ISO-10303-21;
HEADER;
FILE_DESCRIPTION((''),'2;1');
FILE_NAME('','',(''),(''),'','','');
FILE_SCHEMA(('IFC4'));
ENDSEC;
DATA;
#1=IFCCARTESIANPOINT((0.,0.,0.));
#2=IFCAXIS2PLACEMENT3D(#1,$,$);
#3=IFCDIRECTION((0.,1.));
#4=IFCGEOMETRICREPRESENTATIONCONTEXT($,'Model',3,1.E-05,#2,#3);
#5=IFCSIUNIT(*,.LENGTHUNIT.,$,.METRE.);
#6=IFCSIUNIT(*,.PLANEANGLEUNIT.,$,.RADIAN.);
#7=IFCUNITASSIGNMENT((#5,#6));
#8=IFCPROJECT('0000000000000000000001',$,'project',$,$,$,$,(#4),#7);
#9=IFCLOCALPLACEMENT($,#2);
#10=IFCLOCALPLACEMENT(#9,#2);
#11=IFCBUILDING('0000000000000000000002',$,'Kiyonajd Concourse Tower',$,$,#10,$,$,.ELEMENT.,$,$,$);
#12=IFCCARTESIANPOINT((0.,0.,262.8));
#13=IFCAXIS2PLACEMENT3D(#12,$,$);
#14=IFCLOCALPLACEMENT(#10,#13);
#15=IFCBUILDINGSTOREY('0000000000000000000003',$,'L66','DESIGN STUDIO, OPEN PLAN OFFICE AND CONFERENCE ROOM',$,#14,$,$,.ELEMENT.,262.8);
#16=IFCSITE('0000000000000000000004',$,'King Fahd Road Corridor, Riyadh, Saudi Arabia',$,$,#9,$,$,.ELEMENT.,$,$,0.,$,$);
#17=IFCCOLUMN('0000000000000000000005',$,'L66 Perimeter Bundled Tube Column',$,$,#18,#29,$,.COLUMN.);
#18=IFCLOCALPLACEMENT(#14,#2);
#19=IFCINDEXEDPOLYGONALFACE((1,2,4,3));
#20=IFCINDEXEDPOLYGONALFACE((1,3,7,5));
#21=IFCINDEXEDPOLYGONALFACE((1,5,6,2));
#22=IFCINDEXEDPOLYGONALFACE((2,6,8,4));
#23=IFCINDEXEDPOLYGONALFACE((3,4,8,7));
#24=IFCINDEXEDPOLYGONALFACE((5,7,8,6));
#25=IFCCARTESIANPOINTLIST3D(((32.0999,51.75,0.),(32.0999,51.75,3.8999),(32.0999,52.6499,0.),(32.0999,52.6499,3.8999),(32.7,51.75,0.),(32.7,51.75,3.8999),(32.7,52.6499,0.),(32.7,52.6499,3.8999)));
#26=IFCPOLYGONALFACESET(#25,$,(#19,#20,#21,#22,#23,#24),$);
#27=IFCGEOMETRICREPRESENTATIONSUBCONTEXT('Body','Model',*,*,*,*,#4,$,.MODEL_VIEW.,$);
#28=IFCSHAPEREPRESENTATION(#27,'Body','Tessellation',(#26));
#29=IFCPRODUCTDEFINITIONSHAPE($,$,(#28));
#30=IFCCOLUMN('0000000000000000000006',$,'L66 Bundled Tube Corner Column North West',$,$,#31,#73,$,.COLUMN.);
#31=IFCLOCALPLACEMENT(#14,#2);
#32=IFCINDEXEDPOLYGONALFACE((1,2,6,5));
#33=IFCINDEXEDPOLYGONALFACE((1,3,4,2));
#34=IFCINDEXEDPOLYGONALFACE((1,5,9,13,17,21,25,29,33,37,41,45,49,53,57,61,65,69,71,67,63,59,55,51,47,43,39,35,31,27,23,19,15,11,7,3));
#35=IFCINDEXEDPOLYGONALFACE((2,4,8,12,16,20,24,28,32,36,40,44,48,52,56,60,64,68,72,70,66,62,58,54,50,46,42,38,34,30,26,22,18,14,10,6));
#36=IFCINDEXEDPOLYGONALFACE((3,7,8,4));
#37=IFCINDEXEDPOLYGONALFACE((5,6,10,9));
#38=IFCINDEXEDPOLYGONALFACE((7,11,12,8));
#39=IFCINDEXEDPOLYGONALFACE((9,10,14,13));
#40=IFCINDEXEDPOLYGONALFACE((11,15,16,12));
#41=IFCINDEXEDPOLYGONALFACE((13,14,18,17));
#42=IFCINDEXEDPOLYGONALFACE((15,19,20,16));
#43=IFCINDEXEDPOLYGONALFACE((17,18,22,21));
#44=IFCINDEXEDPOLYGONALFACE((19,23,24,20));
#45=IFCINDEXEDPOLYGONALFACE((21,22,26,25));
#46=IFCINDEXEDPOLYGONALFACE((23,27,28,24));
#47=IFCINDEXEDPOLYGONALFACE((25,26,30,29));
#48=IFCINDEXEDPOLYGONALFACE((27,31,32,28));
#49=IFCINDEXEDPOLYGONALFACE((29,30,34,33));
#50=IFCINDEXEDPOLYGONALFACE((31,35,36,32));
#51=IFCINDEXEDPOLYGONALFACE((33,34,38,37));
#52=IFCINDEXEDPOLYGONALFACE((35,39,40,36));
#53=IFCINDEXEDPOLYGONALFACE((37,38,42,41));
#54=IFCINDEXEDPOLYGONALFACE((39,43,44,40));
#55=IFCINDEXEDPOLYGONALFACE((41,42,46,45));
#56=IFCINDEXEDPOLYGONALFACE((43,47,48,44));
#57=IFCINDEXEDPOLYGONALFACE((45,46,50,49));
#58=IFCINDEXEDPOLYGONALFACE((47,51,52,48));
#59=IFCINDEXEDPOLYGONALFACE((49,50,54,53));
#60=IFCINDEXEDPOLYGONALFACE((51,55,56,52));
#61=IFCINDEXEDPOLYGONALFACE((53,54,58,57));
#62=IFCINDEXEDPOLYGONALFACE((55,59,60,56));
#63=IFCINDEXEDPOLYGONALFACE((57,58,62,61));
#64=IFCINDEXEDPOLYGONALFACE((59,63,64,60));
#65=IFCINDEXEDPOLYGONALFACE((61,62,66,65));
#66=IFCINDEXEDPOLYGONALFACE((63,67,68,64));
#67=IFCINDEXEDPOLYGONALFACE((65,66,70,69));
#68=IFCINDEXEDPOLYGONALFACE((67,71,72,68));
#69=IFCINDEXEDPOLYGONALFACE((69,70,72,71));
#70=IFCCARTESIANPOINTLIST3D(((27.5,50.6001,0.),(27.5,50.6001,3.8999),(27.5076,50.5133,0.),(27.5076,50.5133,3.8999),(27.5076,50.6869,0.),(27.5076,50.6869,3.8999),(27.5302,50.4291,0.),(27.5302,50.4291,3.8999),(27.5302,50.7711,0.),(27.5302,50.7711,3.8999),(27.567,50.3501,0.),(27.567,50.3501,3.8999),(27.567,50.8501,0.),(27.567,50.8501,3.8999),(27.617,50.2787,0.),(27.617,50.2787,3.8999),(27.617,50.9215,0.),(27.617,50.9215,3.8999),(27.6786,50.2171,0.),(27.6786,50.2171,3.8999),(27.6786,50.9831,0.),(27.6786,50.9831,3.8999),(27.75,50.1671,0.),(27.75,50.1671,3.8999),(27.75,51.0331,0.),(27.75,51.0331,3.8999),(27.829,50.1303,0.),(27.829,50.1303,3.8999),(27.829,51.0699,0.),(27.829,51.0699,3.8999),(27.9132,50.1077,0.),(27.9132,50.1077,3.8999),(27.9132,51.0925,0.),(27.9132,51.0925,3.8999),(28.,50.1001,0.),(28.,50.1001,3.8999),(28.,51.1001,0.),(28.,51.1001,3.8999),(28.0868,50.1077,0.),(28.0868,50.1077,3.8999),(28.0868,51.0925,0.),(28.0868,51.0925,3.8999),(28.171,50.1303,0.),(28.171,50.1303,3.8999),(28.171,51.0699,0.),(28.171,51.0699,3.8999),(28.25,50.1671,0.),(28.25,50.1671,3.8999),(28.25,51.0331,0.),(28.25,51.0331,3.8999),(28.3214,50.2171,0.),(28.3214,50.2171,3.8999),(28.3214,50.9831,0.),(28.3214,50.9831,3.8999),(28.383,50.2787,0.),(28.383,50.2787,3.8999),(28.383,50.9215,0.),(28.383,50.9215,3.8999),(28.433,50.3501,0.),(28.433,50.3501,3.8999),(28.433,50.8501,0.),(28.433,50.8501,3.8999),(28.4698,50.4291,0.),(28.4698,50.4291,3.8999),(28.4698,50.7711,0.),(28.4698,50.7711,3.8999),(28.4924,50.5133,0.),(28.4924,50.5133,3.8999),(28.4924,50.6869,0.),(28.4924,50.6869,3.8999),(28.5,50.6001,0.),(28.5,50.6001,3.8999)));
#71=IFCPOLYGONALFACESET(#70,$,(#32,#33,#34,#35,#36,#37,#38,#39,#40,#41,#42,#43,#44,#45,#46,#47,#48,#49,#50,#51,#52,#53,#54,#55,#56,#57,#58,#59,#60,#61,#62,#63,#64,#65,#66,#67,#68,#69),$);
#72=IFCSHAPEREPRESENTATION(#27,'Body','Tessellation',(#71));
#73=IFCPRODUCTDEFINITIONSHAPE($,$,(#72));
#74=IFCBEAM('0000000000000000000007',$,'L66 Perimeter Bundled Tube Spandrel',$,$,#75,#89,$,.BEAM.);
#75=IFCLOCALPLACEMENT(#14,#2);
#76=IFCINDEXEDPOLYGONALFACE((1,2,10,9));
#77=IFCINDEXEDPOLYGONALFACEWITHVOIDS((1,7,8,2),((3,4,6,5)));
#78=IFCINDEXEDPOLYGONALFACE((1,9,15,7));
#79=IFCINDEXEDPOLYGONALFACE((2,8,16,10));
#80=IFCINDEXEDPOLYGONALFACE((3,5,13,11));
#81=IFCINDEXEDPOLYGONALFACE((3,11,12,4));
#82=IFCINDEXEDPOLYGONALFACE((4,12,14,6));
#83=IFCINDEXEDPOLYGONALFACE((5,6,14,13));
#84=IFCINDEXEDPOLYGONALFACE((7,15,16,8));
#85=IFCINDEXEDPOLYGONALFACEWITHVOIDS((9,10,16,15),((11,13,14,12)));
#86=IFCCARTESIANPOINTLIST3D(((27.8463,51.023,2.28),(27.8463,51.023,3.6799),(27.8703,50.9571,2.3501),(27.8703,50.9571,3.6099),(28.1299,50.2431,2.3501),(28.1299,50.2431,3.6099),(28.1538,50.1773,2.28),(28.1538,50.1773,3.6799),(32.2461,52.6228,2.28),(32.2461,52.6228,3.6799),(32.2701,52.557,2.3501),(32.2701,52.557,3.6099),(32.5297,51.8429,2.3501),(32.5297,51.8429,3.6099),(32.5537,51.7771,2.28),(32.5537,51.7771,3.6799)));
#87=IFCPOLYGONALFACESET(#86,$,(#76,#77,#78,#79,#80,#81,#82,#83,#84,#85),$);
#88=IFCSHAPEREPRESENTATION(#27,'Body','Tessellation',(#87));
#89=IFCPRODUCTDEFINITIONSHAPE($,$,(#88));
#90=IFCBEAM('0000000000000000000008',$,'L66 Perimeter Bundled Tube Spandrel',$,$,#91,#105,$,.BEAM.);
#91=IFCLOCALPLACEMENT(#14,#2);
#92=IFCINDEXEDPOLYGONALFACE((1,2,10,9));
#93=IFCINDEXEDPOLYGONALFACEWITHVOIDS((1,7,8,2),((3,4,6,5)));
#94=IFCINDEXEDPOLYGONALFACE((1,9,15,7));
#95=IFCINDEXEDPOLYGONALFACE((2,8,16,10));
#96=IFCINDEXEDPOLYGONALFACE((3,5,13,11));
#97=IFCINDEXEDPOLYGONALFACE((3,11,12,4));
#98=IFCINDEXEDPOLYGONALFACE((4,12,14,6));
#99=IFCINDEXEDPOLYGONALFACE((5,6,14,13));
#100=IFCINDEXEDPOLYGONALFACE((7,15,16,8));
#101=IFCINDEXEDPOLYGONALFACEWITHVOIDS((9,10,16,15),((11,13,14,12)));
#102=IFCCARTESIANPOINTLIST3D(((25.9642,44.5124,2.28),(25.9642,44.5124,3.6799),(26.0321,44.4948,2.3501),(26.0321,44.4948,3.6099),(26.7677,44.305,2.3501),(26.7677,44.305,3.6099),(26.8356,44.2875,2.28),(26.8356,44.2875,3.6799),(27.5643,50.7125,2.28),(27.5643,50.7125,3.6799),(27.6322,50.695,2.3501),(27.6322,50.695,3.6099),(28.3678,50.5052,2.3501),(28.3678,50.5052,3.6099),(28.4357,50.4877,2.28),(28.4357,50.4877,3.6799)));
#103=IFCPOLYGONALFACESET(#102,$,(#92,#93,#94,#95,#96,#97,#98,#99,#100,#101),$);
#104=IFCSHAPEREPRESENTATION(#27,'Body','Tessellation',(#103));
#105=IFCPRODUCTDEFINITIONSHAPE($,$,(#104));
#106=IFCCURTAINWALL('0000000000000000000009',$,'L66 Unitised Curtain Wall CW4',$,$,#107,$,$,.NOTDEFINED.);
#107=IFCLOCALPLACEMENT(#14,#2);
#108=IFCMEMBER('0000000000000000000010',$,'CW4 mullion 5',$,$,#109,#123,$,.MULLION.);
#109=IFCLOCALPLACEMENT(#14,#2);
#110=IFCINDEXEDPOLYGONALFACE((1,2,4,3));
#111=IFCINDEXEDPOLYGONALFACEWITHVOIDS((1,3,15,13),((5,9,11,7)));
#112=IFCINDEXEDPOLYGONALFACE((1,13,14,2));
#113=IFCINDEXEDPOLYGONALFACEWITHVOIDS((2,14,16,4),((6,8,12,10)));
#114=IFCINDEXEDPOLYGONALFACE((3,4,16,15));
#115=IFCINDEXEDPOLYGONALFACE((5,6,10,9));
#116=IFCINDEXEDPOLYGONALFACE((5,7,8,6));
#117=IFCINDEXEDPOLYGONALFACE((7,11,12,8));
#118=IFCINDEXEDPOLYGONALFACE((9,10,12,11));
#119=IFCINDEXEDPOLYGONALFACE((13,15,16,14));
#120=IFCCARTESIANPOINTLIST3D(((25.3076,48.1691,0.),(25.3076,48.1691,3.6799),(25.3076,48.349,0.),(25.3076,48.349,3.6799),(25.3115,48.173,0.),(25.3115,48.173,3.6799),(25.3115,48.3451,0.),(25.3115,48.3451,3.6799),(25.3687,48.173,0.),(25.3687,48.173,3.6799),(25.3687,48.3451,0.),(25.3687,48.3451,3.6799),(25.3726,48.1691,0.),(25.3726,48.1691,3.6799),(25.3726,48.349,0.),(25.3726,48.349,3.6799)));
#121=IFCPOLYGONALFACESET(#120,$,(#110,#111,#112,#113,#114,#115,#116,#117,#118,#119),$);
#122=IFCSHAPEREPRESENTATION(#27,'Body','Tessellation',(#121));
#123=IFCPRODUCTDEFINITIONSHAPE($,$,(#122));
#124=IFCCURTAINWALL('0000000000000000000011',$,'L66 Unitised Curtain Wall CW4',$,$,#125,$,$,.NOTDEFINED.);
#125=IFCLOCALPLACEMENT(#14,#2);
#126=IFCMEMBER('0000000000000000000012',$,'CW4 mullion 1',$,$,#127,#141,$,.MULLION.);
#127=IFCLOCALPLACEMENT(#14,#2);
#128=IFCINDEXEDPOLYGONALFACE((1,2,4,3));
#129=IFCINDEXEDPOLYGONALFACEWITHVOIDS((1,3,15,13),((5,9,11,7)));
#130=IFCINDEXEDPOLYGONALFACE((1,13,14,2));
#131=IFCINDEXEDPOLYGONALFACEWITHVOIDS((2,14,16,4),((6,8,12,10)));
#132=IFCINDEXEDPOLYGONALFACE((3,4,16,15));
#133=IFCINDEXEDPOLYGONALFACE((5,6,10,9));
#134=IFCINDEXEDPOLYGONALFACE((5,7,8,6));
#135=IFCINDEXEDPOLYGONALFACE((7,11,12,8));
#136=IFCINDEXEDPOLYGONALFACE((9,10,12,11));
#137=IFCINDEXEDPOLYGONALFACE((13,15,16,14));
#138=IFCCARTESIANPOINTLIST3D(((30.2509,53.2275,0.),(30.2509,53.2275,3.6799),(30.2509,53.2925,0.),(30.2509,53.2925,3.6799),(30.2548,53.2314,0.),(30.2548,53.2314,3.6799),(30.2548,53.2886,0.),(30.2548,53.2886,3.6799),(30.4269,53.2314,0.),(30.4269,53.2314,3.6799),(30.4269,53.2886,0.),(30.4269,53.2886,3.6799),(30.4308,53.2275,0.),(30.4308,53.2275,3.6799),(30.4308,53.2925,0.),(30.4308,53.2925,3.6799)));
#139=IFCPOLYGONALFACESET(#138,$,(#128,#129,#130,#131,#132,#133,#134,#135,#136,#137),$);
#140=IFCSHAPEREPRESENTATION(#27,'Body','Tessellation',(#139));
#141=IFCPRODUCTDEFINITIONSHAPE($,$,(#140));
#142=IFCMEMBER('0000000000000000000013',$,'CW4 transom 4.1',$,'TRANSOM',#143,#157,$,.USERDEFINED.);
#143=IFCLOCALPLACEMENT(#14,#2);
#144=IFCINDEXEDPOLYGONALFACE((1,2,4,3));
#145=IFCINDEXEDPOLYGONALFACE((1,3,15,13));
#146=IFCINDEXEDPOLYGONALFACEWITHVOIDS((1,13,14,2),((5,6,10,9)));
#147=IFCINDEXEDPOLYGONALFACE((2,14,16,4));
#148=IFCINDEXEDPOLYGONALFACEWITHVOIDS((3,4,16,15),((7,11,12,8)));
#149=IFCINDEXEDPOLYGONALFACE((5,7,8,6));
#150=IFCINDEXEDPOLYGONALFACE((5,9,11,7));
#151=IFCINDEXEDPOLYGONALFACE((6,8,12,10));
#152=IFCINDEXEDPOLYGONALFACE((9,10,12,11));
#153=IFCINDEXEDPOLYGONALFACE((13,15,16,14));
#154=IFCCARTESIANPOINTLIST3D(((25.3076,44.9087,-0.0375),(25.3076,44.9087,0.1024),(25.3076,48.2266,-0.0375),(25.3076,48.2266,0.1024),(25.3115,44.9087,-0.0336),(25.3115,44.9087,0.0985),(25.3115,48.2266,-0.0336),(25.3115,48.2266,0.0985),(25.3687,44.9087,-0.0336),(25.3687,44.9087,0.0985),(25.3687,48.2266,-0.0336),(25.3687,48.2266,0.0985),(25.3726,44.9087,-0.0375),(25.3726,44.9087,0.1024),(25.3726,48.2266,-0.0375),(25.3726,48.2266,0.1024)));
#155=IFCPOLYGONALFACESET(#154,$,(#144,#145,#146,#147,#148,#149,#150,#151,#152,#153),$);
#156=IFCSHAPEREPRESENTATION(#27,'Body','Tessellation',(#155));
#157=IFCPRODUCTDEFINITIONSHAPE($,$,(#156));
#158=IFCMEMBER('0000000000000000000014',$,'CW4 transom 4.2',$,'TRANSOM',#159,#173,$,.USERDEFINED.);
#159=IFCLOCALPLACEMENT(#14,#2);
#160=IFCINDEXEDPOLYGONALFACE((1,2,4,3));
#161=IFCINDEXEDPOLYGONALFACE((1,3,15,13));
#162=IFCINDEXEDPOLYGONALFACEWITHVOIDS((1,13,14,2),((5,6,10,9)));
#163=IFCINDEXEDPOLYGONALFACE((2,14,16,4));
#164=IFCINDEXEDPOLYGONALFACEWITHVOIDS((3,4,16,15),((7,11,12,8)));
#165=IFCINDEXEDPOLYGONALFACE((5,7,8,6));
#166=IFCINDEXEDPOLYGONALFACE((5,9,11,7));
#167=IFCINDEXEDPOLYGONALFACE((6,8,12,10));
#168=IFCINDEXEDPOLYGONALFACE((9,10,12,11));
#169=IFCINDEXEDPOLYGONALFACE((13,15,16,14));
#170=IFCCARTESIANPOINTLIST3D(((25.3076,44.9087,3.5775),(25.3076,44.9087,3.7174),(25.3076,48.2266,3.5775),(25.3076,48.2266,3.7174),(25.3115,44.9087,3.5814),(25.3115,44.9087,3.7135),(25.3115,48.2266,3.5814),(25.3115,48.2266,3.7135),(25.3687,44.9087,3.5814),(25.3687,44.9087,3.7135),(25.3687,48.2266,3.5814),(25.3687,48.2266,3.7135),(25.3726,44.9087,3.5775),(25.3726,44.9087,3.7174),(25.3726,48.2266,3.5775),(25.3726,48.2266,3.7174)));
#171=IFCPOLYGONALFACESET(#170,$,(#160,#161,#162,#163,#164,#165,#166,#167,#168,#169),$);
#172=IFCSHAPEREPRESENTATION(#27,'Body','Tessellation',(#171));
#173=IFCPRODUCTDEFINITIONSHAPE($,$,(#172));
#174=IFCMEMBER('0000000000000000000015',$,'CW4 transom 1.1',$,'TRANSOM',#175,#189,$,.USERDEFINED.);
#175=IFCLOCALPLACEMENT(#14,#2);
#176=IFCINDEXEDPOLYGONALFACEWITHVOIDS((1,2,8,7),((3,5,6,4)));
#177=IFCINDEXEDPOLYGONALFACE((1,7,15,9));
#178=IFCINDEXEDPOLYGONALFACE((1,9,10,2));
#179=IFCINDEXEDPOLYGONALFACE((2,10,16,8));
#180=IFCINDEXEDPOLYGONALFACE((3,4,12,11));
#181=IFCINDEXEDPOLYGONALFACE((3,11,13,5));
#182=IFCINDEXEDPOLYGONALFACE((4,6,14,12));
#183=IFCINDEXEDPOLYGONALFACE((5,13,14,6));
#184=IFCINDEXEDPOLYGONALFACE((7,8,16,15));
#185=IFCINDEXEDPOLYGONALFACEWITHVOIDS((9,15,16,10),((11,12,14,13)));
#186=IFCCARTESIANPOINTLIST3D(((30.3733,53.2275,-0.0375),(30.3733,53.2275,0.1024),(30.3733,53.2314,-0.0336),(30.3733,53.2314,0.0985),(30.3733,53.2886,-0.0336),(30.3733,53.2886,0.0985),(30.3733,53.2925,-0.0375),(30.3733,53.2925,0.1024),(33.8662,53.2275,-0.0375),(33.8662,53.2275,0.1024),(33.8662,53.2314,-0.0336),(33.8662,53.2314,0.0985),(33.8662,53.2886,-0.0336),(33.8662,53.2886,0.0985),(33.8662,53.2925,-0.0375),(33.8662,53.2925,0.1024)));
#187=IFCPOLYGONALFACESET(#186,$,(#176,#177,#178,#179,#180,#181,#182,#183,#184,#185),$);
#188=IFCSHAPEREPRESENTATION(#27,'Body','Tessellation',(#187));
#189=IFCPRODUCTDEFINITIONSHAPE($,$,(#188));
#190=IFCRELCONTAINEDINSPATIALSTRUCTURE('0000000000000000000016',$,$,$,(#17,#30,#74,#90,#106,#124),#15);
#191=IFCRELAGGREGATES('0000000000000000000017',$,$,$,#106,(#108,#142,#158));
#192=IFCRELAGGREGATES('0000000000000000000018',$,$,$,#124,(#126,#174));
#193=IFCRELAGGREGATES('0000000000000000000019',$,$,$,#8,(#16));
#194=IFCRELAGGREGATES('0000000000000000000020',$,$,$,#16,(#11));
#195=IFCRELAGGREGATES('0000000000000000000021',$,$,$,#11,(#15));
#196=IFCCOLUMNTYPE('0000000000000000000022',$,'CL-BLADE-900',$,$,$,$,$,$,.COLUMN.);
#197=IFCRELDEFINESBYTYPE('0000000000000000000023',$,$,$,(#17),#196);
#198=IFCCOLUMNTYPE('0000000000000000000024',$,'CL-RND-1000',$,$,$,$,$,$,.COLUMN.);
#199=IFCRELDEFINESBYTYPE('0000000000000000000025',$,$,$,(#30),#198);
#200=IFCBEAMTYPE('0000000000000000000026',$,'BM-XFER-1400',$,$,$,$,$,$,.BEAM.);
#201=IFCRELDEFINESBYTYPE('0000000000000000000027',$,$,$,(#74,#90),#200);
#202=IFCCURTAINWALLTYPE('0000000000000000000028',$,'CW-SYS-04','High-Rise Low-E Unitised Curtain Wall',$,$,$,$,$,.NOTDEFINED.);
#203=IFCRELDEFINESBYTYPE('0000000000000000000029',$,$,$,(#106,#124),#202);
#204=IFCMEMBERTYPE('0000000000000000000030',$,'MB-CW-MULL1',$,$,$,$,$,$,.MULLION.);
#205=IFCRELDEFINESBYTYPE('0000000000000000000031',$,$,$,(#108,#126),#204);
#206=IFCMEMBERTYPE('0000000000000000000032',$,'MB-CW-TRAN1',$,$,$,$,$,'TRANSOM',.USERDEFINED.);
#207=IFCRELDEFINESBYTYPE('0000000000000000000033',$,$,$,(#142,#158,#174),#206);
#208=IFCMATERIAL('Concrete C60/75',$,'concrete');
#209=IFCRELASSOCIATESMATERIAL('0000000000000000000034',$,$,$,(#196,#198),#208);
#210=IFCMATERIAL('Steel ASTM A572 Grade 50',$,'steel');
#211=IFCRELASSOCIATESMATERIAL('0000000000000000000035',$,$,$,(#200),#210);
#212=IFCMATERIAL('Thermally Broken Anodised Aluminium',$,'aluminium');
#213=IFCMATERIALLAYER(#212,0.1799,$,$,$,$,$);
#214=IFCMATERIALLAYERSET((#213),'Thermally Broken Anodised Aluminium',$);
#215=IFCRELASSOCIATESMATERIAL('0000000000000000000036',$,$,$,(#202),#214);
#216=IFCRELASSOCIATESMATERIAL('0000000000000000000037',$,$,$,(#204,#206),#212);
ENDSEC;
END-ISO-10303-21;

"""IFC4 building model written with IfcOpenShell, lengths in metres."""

from ifc_helpers import new_model, si_unit, direction, frame, origin, origin_2d, place, context, subcontext, project, spatial, rectangle, hollow_rectangle, circle, extrude, material, layer, layer_set, material_profile, profile_set, type_object, element, aggregate, save


model = new_model("IFC4")

# Units and contexts
model_context = context("Model", 3, precision=1e-05, world=origin(), true_north=direction((0.0, 1.0)))
body_context = subcontext(model_context, "Body", "Model", "MODEL_VIEW")
ifc_project = project(units=[si_unit("LENGTHUNIT", "METRE"), si_unit("PLANEANGLEUNIT", "RADIAN")], contexts=[model_context])

# Site, building, storey
site_placement = place(None, origin())
site = spatial("IfcSite", under=ifc_project, at=site_placement, Name="King Fahd Road Corridor, Riyadh, Saudi Arabia", CompositionType="ELEMENT", RefElevation=0.0)
building_placement = place(site_placement, origin())
building = spatial("IfcBuilding", under=site, at=building_placement, Name="Kiyonajd Concourse Tower", CompositionType="ELEMENT")
storey_placement = place(building_placement, frame((0.0, 0.0, 262.8)))
storey = spatial("IfcBuildingStorey", under=building, at=storey_placement, Name="L66", Description="DESIGN STUDIO, OPEN PLAN OFFICE AND CONFERENCE ROOM", CompositionType="ELEMENT", Elevation=262.8)

# Columns
ifc_material_1 = material(Name="Concrete C60/75", Category="concrete")
ifc_material_profile_1 = material_profile(ifc_material_1, rectangle(XDim=0.6001, YDim=0.8999, at=origin_2d()), Name="RC-900x600")
ifc_profile_set_1 = profile_set([ifc_material_profile_1], Name="Concrete C60/75")
column_type_1 = type_object("IfcColumnType", Name="CL-BLADE-900", PredefinedType="COLUMN", material=ifc_profile_set_1)
column_1_placement = place(storey_placement, frame((32.3999, 52.2, 0.0), z_axis=(0.0, 0.0, 1.0), x_axis=(1.0, 0.0, 0.0)))
element("IfcColumn", 1, at=column_1_placement, inside=storey, type_object=column_type_1, Name="L66 Perimeter Bundled Tube Column", PredefinedType="COLUMN", context=body_context, shape_type="SweptSolid", body=[
    extrude(rectangle(XDim=0.6001, YDim=0.8999, at=origin_2d()), origin(), (0.0, 0.0, 1.0), 3.8999),
])
ifc_material_profile_2 = material_profile(ifc_material_1, circle(Radius=0.5, at=origin_2d()), Name="RCC-D1000")
ifc_profile_set_2 = profile_set([ifc_material_profile_2], Name="Concrete C60/75")
column_type_2 = type_object("IfcColumnType", Name="CL-RND-1000", PredefinedType="COLUMN", material=ifc_profile_set_2)
column_2_placement = place(storey_placement, frame((28.0, 50.6001, 0.0), z_axis=(0.0, 0.0, 1.0), x_axis=(1.0, 0.0, 0.0)))
element("IfcColumn", 2, at=column_2_placement, inside=storey, type_object=column_type_2, Name="L66 Bundled Tube Corner Column North West", PredefinedType="COLUMN", context=body_context, shape_type="SweptSolid", body=[
    extrude(circle(Radius=0.5, at=origin_2d()), origin(), (0.0, 0.0, 1.0), 3.8999),
])

# Beams
ifc_material_2 = material(Name="Steel ASTM A572 Grade 50", Category="steel")
ifc_material_profile_3 = material_profile(ifc_material_2, hollow_rectangle(XDim=0.8999, YDim=1.3999, WallThickness=0.0701, at=origin_2d()), Name="BOX-1400x900x70")
ifc_profile_set_3 = profile_set([ifc_material_profile_3], Name="Steel ASTM A572 Grade 50")
beam_type = type_object("IfcBeamType", Name="BM-XFER-1400", PredefinedType="BEAM", material=ifc_profile_set_3)
beam_1_placement = place(storey_placement, frame((32.3999, 52.2, 2.98), z_axis=(-0.939801, -0.341722, 0.0), x_axis=(0.341722, -0.939801, 0.0)))
element("IfcBeam", 3, at=beam_1_placement, inside=storey, type_object=beam_type, Name="L66 Perimeter Bundled Tube Spandrel", PredefinedType="BEAM", context=body_context, shape_type="SweptSolid", body=[
    extrude(hollow_rectangle(XDim=0.8999, YDim=1.3999, WallThickness=0.0701, at=origin_2d()), origin(), (0.0, 0.0, 1.0), 4.6816),
])
beam_2_placement = place(storey_placement, frame((28.0, 50.6001, 2.98), z_axis=(-0.249885, -0.968276, 0.0), x_axis=(0.968276, -0.249885, 0.0)))
element("IfcBeam", 4, at=beam_2_placement, inside=storey, type_object=beam_type, Name="L66 Perimeter Bundled Tube Spandrel", PredefinedType="BEAM", context=body_context, shape_type="SweptSolid", body=[
    extrude(hollow_rectangle(XDim=0.8999, YDim=1.3999, WallThickness=0.0701, at=origin_2d()), origin(), (0.0, 0.0, 1.0), 6.4033),
])

# Curtain walls, members
ifc_material_3 = material(Name="Thermally Broken Anodised Aluminium", Category="aluminium")
ifc_layer_1 = layer(ifc_material_3, 0.1799)
ifc_layer_set_1 = layer_set([ifc_layer_1], Name="Thermally Broken Anodised Aluminium")
curtain_wall_type = type_object("IfcCurtainWallType", Name="CW-SYS-04", Description="High-Rise Low-E Unitised Curtain Wall", PredefinedType="NOTDEFINED", material=ifc_layer_set_1)
curtain_wall_1_placement = place(storey_placement, origin())
curtain_wall_1 = element("IfcCurtainWall", 5, at=curtain_wall_1_placement, inside=storey, type_object=curtain_wall_type, Name="L66 Unitised Curtain Wall CW4", PredefinedType="NOTDEFINED")
ifc_material_profile_4 = material_profile(ifc_material_3, hollow_rectangle(XDim=0.0649, YDim=0.1799, WallThickness=0.0039, at=origin_2d()), Name="MULL-65x180")
ifc_profile_set_4 = profile_set([ifc_material_profile_4], Name="Thermally Broken Anodised Aluminium")
member_type_1 = type_object("IfcMemberType", Name="MB-CW-MULL1", PredefinedType="MULLION", material=ifc_profile_set_4)
member_1_placement = place(storey_placement, frame((25.3401, 48.259, 0.0), z_axis=(0.0, 0.0, 1.0), x_axis=(-1.0, 0.0, 0.0)))
member_1 = element("IfcMember", 6, at=member_1_placement, type_object=member_type_1, Name="CW4 mullion 5", PredefinedType="MULLION", context=body_context, shape_type="SweptSolid", body=[
    extrude(hollow_rectangle(XDim=0.0649, YDim=0.1799, WallThickness=0.0039, at=origin_2d()), origin(), (0.0, 0.0, 1.0), 3.6799),
])
curtain_wall_2_placement = place(storey_placement, origin())
curtain_wall_2 = element("IfcCurtainWall", 7, at=curtain_wall_2_placement, inside=storey, type_object=curtain_wall_type, Name="L66 Unitised Curtain Wall CW4", PredefinedType="NOTDEFINED")
member_2_placement = place(storey_placement, frame((30.3408, 53.26, 0.0), z_axis=(0.0, 0.0, 1.0), x_axis=(0.0, 1.0, 0.0)))
member_2 = element("IfcMember", 8, at=member_2_placement, type_object=member_type_1, Name="CW4 mullion 1", PredefinedType="MULLION", context=body_context, shape_type="SweptSolid", body=[
    extrude(hollow_rectangle(XDim=0.0649, YDim=0.1799, WallThickness=0.0039, at=origin_2d()), origin(), (0.0, 0.0, 1.0), 3.6799),
])

# Members
ifc_material_profile_5 = material_profile(ifc_material_3, hollow_rectangle(XDim=0.0649, YDim=0.1399, WallThickness=0.0039, at=origin_2d()), Name="TRAN-65x140")
ifc_profile_set_5 = profile_set([ifc_material_profile_5], Name="Thermally Broken Anodised Aluminium")
member_type_2 = type_object("IfcMemberType", Name="MB-CW-TRAN1", ElementType="TRANSOM", PredefinedType="USERDEFINED", material=ifc_profile_set_5)
member_3_placement = place(storey_placement, frame((25.3401, 44.9087, 0.0325), z_axis=(0.0, 1.0, 0.0), x_axis=(-1.0, 0.0, 0.0)))
member_3 = element("IfcMember", 9, at=member_3_placement, type_object=member_type_2, Name="CW4 transom 4.1", ObjectType="TRANSOM", PredefinedType="USERDEFINED", context=body_context, shape_type="SweptSolid", body=[
    extrude(hollow_rectangle(XDim=0.0649, YDim=0.1399, WallThickness=0.0039, at=origin_2d()), origin(), (0.0, 0.0, 1.0), 3.3179),
])
member_4_placement = place(storey_placement, frame((25.3401, 44.9087, 3.6475), z_axis=(0.0, 1.0, 0.0), x_axis=(-1.0, 0.0, 0.0)))
member_4 = element("IfcMember", 10, at=member_4_placement, type_object=member_type_2, Name="CW4 transom 4.2", ObjectType="TRANSOM", PredefinedType="USERDEFINED", context=body_context, shape_type="SweptSolid", body=[
    extrude(hollow_rectangle(XDim=0.0649, YDim=0.1399, WallThickness=0.0039, at=origin_2d()), origin(), (0.0, 0.0, 1.0), 3.3179),
])
member_5_placement = place(storey_placement, frame((30.3733, 53.26, 0.0325), z_axis=(1.0, 0.0, 0.0), x_axis=(0.0, 1.0, 0.0)))
member_5 = element("IfcMember", 11, at=member_5_placement, type_object=member_type_2, Name="CW4 transom 1.1", ObjectType="TRANSOM", PredefinedType="USERDEFINED", context=body_context, shape_type="SweptSolid", body=[
    extrude(hollow_rectangle(XDim=0.0649, YDim=0.1399, WallThickness=0.0039, at=origin_2d()), origin(), (0.0, 0.0, 1.0), 3.4929),
])

aggregate(curtain_wall_1, [member_1, member_3, member_4])
aggregate(curtain_wall_2, [member_2, member_5])

save(model, "model.ifc")
